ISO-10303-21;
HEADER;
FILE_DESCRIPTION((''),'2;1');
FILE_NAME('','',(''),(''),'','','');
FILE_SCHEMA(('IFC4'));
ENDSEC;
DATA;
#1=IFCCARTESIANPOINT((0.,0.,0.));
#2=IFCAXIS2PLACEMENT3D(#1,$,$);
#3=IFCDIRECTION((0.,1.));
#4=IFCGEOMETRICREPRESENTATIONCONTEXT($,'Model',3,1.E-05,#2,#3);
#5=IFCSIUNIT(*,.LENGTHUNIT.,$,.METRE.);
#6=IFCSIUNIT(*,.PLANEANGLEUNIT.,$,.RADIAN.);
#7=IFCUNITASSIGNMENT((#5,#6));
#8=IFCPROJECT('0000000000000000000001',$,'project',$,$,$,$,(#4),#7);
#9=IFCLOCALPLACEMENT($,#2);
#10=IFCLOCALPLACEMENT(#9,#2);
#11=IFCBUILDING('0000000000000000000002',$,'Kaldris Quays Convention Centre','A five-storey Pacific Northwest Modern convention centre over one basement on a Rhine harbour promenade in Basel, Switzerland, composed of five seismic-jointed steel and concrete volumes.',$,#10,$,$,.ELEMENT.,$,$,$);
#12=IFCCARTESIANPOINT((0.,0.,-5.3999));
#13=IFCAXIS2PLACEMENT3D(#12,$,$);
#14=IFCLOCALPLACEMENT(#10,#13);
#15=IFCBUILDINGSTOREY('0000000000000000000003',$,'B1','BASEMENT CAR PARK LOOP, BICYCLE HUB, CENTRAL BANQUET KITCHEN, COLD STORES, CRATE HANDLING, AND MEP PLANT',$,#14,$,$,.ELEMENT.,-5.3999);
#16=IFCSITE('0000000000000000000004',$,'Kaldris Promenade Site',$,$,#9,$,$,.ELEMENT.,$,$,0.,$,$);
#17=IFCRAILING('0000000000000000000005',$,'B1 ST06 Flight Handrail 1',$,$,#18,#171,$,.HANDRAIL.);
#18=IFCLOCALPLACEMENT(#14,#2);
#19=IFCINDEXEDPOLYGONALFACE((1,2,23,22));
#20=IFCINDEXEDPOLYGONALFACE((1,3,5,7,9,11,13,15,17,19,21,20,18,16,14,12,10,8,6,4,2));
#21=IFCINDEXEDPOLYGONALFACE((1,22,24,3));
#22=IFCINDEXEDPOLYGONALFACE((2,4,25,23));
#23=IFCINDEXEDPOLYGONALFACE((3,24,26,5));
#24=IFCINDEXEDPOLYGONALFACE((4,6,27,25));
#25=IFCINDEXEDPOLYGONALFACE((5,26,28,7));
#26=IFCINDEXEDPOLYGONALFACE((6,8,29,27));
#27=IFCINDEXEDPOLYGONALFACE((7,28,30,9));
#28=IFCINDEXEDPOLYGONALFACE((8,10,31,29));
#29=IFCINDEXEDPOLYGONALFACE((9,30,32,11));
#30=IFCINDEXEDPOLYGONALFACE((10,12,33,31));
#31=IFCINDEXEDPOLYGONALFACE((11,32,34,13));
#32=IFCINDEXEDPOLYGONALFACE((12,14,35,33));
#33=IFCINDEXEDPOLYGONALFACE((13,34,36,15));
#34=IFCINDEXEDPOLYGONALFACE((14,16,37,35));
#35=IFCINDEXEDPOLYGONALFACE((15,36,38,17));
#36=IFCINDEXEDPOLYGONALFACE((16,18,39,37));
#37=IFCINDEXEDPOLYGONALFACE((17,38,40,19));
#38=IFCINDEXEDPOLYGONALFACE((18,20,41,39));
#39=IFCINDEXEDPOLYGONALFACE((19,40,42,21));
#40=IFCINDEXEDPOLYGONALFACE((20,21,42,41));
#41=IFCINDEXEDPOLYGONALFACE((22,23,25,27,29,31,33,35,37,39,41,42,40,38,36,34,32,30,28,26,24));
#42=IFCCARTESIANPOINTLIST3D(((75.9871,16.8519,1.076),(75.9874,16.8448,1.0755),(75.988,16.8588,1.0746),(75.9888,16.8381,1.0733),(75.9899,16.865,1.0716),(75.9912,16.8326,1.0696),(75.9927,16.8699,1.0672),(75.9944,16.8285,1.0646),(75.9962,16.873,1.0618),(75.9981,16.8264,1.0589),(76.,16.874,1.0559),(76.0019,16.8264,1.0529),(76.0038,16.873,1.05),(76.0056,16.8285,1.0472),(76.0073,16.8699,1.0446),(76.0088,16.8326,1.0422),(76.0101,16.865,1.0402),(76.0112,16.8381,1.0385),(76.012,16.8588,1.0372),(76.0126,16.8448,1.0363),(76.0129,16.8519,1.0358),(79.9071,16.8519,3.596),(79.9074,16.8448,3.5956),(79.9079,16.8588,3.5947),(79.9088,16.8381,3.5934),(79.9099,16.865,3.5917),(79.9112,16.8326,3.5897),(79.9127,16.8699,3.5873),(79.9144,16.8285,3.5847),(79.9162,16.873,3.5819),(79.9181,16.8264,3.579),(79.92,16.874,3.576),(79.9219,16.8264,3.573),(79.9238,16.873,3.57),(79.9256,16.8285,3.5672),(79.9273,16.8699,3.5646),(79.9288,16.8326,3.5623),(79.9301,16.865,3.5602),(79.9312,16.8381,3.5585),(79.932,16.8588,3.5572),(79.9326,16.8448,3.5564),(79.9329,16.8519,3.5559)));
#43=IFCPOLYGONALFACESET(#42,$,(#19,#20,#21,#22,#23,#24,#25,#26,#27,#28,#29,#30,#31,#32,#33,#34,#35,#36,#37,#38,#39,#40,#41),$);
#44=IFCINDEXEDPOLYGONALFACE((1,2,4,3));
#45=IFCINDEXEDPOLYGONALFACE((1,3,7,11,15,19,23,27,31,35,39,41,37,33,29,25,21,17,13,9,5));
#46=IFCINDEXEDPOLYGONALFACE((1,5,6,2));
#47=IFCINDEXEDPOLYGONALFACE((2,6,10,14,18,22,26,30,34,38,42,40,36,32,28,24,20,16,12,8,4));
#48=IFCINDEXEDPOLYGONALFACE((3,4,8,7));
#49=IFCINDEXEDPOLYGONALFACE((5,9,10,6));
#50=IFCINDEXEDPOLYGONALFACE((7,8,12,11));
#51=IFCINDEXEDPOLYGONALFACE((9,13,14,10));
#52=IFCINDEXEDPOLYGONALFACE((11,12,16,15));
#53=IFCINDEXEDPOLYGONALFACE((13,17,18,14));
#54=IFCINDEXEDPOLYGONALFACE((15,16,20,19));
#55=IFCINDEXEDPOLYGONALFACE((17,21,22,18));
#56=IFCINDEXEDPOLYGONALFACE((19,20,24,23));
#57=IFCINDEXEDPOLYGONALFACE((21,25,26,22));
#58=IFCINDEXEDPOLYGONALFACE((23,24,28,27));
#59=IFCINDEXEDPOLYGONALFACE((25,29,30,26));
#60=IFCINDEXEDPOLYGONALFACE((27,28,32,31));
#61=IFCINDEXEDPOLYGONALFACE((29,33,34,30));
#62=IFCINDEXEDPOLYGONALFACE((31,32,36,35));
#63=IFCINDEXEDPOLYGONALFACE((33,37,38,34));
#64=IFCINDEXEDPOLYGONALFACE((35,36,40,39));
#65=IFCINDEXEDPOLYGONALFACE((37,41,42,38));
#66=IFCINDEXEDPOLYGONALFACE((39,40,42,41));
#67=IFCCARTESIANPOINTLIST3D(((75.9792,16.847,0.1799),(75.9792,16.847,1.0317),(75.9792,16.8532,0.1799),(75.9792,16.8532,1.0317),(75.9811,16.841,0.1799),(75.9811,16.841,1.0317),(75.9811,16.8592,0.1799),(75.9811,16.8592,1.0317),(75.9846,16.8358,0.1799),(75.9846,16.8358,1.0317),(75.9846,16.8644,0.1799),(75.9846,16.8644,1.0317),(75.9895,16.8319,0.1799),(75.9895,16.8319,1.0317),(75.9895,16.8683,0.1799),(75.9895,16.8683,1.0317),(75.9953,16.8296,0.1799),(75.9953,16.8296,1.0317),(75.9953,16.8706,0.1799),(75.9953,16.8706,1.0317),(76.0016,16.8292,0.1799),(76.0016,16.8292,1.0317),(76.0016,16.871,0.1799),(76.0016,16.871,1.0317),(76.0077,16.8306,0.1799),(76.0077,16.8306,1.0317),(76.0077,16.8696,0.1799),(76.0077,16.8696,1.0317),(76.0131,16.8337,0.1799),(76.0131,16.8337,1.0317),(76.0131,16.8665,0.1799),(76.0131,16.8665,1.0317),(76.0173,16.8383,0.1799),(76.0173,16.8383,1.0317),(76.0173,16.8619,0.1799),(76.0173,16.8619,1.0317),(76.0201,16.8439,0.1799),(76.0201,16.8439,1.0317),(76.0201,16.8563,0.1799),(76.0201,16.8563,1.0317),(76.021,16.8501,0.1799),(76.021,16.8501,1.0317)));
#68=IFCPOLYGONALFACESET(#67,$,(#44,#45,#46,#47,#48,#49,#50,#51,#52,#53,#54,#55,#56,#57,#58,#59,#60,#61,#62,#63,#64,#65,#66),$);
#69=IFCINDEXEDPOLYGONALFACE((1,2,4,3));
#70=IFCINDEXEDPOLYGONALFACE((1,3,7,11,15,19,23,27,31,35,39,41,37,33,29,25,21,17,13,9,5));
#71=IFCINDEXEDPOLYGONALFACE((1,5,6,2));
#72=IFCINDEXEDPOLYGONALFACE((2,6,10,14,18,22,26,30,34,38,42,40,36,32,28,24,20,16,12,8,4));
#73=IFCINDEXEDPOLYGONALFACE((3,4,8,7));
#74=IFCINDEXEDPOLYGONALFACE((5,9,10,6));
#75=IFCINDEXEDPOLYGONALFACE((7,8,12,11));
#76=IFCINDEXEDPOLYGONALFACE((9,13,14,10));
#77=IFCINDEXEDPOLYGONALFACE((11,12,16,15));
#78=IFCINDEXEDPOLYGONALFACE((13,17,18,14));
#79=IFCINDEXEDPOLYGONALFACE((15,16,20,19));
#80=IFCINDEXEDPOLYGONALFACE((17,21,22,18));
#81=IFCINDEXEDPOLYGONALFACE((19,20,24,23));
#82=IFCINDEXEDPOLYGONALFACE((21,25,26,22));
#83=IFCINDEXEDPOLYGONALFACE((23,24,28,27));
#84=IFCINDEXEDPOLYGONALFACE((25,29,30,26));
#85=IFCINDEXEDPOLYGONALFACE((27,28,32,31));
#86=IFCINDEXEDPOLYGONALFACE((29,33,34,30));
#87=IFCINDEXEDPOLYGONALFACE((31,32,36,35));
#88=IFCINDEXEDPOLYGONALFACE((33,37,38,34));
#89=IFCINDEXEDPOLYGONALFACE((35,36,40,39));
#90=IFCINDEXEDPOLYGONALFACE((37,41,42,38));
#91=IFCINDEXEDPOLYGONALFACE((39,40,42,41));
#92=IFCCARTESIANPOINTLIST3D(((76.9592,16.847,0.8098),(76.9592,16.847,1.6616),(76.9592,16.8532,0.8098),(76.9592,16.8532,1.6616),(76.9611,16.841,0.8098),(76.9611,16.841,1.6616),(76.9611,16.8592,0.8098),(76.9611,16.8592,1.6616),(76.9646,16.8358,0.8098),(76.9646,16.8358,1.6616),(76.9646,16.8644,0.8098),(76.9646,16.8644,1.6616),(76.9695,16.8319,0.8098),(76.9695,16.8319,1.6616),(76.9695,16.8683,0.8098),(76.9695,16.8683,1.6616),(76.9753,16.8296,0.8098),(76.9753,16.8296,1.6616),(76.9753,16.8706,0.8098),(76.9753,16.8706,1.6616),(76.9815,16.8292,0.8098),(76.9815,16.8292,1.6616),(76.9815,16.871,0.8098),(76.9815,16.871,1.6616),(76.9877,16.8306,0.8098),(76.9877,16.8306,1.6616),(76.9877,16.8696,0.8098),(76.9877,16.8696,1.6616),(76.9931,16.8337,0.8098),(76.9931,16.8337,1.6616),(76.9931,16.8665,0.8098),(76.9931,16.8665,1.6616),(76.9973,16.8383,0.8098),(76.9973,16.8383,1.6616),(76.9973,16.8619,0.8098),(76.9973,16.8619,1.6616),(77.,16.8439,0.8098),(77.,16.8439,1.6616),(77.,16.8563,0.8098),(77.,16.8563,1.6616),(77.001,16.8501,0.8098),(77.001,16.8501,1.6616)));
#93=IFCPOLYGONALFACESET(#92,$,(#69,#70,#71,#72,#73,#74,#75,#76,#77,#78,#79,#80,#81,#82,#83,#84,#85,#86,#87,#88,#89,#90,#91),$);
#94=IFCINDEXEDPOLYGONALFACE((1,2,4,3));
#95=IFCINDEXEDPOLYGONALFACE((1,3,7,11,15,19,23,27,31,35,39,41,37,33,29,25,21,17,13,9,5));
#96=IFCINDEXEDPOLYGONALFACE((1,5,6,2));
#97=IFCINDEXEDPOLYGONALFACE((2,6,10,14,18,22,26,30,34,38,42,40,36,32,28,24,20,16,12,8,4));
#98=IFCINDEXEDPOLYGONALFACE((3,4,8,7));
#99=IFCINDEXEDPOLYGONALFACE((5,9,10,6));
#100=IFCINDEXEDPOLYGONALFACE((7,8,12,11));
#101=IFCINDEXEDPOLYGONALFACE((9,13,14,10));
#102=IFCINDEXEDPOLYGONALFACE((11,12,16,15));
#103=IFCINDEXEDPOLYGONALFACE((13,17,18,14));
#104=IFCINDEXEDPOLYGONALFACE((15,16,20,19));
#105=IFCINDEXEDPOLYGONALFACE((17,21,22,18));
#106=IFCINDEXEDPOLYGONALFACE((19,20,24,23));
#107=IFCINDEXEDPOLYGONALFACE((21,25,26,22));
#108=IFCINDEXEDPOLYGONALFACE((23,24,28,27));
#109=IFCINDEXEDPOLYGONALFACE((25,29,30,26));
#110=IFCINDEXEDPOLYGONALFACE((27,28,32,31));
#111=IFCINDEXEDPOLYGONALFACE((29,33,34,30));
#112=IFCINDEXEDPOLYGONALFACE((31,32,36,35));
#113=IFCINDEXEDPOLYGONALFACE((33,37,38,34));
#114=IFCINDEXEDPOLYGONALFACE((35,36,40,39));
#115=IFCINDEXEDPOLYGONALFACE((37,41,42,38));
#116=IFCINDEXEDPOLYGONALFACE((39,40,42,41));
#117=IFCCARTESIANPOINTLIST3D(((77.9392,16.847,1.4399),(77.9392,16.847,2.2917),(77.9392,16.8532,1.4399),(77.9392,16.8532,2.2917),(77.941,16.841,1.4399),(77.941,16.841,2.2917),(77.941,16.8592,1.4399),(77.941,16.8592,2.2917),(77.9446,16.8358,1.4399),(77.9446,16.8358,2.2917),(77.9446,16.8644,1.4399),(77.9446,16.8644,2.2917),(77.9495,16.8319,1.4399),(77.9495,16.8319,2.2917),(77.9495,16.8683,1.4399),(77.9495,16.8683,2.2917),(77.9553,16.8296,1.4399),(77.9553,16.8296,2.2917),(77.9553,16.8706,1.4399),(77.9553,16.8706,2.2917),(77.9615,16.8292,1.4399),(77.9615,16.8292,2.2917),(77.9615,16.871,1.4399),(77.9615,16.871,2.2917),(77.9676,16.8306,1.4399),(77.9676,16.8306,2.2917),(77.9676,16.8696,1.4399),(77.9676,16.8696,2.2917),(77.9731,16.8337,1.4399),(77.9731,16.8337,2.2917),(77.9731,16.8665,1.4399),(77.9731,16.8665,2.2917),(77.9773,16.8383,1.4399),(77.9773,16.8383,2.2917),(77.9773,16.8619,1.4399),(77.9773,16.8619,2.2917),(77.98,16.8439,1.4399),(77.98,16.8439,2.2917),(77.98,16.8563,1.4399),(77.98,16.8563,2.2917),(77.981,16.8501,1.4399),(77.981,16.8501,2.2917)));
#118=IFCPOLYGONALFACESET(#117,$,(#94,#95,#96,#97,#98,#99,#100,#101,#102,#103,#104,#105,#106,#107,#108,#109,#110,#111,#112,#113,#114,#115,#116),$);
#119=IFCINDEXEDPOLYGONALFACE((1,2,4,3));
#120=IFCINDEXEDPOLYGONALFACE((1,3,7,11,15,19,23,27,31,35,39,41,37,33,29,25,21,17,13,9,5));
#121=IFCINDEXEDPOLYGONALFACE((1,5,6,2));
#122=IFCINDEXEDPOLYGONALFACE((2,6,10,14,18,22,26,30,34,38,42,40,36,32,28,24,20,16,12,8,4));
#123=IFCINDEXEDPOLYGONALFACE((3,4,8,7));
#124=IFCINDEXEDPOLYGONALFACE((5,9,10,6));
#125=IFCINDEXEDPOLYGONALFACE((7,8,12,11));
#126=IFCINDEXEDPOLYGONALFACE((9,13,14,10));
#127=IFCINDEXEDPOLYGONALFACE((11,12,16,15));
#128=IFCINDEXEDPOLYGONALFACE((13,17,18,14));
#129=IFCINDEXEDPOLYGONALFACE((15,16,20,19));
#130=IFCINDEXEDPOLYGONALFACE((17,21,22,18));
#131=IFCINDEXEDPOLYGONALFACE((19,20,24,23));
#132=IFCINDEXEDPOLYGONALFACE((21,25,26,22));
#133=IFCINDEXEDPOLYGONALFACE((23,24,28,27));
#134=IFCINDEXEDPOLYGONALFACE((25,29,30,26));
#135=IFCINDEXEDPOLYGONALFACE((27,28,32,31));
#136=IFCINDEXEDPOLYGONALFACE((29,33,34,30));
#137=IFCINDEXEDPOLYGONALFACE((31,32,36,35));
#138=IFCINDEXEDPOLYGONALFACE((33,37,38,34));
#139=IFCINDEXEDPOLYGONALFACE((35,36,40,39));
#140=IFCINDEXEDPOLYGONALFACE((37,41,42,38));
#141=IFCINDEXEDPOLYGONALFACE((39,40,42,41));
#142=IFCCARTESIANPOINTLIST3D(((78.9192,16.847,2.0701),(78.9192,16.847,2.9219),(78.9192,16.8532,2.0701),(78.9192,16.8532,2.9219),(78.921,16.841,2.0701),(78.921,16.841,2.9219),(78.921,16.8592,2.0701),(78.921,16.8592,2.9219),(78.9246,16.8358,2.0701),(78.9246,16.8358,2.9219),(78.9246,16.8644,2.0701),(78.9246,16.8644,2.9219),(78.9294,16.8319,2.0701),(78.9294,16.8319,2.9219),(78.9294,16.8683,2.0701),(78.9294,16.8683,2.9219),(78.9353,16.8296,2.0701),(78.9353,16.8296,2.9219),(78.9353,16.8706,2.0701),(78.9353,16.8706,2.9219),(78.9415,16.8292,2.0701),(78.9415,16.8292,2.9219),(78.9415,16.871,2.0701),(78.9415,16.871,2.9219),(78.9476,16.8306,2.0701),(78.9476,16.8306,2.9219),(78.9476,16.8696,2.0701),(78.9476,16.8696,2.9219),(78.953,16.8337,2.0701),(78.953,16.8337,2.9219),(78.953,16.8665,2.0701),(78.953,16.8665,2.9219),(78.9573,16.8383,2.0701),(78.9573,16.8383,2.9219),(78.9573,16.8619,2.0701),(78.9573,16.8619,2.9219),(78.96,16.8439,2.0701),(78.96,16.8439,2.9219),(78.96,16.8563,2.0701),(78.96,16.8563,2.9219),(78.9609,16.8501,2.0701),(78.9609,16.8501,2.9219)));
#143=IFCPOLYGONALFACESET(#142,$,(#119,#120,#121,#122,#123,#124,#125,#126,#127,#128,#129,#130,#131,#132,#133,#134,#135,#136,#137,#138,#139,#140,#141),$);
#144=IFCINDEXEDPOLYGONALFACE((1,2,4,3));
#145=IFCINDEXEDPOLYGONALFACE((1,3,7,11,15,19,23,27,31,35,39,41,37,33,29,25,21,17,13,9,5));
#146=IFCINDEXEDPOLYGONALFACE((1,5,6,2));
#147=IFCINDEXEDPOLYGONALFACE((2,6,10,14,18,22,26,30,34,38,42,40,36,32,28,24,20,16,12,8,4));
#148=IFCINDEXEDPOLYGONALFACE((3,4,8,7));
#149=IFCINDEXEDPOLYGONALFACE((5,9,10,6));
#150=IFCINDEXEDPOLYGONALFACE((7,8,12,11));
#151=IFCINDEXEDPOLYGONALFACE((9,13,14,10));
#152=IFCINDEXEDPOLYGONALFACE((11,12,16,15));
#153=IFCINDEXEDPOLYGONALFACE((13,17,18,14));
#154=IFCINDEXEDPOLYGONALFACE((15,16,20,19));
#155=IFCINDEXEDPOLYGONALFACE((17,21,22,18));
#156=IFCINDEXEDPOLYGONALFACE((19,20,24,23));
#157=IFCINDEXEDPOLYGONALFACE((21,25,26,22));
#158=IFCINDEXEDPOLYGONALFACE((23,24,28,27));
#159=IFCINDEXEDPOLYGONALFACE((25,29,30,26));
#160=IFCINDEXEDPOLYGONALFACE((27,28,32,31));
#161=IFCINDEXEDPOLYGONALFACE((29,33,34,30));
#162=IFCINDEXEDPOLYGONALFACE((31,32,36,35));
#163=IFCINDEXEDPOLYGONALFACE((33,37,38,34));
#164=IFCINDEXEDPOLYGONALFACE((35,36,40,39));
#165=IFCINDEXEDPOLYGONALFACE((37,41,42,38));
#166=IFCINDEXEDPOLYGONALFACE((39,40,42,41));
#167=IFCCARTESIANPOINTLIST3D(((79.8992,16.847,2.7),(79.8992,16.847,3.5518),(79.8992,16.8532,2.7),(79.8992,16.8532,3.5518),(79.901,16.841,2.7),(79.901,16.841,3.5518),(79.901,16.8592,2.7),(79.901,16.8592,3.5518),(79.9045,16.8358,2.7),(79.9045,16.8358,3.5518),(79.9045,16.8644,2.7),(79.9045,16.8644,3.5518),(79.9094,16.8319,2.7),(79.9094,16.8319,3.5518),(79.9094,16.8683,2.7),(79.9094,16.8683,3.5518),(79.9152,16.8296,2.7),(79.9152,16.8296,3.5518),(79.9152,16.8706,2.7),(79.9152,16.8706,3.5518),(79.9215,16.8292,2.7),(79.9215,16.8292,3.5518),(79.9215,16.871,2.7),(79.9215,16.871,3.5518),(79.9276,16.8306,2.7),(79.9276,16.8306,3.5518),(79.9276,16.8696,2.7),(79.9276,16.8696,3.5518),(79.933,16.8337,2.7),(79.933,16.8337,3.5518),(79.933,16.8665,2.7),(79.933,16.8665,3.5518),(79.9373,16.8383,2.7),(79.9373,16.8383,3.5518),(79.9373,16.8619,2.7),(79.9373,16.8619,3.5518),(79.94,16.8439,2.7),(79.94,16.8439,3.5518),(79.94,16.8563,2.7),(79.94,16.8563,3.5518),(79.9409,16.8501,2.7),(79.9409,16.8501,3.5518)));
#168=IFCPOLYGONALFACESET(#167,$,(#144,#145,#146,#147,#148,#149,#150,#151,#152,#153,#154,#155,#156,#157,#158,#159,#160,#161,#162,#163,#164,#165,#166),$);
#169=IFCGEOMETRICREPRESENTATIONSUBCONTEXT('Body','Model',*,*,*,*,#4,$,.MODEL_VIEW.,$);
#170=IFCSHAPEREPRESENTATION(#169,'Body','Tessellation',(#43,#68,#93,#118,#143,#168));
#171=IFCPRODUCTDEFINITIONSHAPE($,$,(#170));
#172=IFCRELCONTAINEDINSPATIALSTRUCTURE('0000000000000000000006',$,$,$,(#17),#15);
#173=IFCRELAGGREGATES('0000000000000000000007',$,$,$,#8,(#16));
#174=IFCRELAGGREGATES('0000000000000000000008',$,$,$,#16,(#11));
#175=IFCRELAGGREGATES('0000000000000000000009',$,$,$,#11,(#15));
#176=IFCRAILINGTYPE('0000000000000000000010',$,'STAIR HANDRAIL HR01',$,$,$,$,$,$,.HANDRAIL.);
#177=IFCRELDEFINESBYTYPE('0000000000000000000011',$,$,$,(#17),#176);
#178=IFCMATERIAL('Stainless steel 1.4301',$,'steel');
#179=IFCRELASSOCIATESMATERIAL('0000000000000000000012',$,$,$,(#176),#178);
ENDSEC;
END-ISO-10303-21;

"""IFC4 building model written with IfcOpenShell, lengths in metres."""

from ifc_helpers import new_model, si_unit, direction, frame, origin, origin_2d, place, context, subcontext, project, spatial, circle, extrude, material, type_object, element, save


model = new_model("IFC4")

# Units and contexts
model_context = context("Model", 3, precision=1e-05, world=origin(), true_north=direction((0.0, 1.0)))
body_context = subcontext(model_context, "Body", "Model", "MODEL_VIEW")
ifc_project = project(units=[si_unit("LENGTHUNIT", "METRE"), si_unit("PLANEANGLEUNIT", "RADIAN")], contexts=[model_context])

# Site, building, storey
site_placement = place(None, origin())
site = spatial("IfcSite", under=ifc_project, at=site_placement, Name="Kaldris Promenade Site", CompositionType="ELEMENT", RefElevation=0.0)
building_placement = place(site_placement, origin())
building = spatial("IfcBuilding", under=site, at=building_placement, Name="Kaldris Quays Convention Centre", Description="A five-storey Pacific Northwest Modern convention centre over one basement on a Rhine harbour promenade in Basel, Switzerland, composed of five seismic-jointed steel and concrete volumes.", CompositionType="ELEMENT")
storey_placement = place(building_placement, frame((0.0, 0.0, -5.3999)))
storey = spatial("IfcBuildingStorey", under=building, at=storey_placement, Name="B1", Description="BASEMENT CAR PARK LOOP, BICYCLE HUB, CENTRAL BANQUET KITCHEN, COLD STORES, CRATE HANDLING, AND MEP PLANT", CompositionType="ELEMENT", Elevation=-5.3999)

# Railing
ifc_material_1 = material(Name="Stainless steel 1.4301", Category="steel")
railing_type_1 = type_object("IfcRailingType", Name="STAIR HANDRAIL HR01", PredefinedType="HANDRAIL", material=ifc_material_1)
railing_1_placement = place(storey_placement, frame((76.0, 16.8501, 0.1799)))
element("IfcRailing", 1, at=railing_1_placement, inside=storey, type_object=railing_type_1, Name="B1 ST06 Flight Handrail 1", PredefinedType="HANDRAIL", context=body_context, shape_type="SweptSolid", body=[
    extrude(circle(Radius=0.0239, at=origin_2d()), frame((0.0, 0.0, 0.876), z_axis=(0.841172, 0.0, 0.540768), x_axis=(0.0, 1.0, 0.0)), (0.0, 0.0, 1.0), 4.6602),
    extrude(circle(Radius=0.021, at=origin_2d()), origin(), (0.0, 0.0, 1.0), 0.8518),
    extrude(circle(Radius=0.021, at=origin_2d()), frame((0.98, 0.0, 0.6299)), (0.0, 0.0, 1.0), 0.8518),
    extrude(circle(Radius=0.021, at=origin_2d()), frame((1.96, 0.0, 1.26)), (0.0, 0.0, 1.0), 0.8518),
    extrude(circle(Radius=0.021, at=origin_2d()), frame((2.9399, 0.0, 1.8901)), (0.0, 0.0, 1.0), 0.8518),
    extrude(circle(Radius=0.021, at=origin_2d()), frame((3.9199, 0.0, 2.52)), (0.0, 0.0, 1.0), 0.8518),
])

save(model, "model.ifc")
